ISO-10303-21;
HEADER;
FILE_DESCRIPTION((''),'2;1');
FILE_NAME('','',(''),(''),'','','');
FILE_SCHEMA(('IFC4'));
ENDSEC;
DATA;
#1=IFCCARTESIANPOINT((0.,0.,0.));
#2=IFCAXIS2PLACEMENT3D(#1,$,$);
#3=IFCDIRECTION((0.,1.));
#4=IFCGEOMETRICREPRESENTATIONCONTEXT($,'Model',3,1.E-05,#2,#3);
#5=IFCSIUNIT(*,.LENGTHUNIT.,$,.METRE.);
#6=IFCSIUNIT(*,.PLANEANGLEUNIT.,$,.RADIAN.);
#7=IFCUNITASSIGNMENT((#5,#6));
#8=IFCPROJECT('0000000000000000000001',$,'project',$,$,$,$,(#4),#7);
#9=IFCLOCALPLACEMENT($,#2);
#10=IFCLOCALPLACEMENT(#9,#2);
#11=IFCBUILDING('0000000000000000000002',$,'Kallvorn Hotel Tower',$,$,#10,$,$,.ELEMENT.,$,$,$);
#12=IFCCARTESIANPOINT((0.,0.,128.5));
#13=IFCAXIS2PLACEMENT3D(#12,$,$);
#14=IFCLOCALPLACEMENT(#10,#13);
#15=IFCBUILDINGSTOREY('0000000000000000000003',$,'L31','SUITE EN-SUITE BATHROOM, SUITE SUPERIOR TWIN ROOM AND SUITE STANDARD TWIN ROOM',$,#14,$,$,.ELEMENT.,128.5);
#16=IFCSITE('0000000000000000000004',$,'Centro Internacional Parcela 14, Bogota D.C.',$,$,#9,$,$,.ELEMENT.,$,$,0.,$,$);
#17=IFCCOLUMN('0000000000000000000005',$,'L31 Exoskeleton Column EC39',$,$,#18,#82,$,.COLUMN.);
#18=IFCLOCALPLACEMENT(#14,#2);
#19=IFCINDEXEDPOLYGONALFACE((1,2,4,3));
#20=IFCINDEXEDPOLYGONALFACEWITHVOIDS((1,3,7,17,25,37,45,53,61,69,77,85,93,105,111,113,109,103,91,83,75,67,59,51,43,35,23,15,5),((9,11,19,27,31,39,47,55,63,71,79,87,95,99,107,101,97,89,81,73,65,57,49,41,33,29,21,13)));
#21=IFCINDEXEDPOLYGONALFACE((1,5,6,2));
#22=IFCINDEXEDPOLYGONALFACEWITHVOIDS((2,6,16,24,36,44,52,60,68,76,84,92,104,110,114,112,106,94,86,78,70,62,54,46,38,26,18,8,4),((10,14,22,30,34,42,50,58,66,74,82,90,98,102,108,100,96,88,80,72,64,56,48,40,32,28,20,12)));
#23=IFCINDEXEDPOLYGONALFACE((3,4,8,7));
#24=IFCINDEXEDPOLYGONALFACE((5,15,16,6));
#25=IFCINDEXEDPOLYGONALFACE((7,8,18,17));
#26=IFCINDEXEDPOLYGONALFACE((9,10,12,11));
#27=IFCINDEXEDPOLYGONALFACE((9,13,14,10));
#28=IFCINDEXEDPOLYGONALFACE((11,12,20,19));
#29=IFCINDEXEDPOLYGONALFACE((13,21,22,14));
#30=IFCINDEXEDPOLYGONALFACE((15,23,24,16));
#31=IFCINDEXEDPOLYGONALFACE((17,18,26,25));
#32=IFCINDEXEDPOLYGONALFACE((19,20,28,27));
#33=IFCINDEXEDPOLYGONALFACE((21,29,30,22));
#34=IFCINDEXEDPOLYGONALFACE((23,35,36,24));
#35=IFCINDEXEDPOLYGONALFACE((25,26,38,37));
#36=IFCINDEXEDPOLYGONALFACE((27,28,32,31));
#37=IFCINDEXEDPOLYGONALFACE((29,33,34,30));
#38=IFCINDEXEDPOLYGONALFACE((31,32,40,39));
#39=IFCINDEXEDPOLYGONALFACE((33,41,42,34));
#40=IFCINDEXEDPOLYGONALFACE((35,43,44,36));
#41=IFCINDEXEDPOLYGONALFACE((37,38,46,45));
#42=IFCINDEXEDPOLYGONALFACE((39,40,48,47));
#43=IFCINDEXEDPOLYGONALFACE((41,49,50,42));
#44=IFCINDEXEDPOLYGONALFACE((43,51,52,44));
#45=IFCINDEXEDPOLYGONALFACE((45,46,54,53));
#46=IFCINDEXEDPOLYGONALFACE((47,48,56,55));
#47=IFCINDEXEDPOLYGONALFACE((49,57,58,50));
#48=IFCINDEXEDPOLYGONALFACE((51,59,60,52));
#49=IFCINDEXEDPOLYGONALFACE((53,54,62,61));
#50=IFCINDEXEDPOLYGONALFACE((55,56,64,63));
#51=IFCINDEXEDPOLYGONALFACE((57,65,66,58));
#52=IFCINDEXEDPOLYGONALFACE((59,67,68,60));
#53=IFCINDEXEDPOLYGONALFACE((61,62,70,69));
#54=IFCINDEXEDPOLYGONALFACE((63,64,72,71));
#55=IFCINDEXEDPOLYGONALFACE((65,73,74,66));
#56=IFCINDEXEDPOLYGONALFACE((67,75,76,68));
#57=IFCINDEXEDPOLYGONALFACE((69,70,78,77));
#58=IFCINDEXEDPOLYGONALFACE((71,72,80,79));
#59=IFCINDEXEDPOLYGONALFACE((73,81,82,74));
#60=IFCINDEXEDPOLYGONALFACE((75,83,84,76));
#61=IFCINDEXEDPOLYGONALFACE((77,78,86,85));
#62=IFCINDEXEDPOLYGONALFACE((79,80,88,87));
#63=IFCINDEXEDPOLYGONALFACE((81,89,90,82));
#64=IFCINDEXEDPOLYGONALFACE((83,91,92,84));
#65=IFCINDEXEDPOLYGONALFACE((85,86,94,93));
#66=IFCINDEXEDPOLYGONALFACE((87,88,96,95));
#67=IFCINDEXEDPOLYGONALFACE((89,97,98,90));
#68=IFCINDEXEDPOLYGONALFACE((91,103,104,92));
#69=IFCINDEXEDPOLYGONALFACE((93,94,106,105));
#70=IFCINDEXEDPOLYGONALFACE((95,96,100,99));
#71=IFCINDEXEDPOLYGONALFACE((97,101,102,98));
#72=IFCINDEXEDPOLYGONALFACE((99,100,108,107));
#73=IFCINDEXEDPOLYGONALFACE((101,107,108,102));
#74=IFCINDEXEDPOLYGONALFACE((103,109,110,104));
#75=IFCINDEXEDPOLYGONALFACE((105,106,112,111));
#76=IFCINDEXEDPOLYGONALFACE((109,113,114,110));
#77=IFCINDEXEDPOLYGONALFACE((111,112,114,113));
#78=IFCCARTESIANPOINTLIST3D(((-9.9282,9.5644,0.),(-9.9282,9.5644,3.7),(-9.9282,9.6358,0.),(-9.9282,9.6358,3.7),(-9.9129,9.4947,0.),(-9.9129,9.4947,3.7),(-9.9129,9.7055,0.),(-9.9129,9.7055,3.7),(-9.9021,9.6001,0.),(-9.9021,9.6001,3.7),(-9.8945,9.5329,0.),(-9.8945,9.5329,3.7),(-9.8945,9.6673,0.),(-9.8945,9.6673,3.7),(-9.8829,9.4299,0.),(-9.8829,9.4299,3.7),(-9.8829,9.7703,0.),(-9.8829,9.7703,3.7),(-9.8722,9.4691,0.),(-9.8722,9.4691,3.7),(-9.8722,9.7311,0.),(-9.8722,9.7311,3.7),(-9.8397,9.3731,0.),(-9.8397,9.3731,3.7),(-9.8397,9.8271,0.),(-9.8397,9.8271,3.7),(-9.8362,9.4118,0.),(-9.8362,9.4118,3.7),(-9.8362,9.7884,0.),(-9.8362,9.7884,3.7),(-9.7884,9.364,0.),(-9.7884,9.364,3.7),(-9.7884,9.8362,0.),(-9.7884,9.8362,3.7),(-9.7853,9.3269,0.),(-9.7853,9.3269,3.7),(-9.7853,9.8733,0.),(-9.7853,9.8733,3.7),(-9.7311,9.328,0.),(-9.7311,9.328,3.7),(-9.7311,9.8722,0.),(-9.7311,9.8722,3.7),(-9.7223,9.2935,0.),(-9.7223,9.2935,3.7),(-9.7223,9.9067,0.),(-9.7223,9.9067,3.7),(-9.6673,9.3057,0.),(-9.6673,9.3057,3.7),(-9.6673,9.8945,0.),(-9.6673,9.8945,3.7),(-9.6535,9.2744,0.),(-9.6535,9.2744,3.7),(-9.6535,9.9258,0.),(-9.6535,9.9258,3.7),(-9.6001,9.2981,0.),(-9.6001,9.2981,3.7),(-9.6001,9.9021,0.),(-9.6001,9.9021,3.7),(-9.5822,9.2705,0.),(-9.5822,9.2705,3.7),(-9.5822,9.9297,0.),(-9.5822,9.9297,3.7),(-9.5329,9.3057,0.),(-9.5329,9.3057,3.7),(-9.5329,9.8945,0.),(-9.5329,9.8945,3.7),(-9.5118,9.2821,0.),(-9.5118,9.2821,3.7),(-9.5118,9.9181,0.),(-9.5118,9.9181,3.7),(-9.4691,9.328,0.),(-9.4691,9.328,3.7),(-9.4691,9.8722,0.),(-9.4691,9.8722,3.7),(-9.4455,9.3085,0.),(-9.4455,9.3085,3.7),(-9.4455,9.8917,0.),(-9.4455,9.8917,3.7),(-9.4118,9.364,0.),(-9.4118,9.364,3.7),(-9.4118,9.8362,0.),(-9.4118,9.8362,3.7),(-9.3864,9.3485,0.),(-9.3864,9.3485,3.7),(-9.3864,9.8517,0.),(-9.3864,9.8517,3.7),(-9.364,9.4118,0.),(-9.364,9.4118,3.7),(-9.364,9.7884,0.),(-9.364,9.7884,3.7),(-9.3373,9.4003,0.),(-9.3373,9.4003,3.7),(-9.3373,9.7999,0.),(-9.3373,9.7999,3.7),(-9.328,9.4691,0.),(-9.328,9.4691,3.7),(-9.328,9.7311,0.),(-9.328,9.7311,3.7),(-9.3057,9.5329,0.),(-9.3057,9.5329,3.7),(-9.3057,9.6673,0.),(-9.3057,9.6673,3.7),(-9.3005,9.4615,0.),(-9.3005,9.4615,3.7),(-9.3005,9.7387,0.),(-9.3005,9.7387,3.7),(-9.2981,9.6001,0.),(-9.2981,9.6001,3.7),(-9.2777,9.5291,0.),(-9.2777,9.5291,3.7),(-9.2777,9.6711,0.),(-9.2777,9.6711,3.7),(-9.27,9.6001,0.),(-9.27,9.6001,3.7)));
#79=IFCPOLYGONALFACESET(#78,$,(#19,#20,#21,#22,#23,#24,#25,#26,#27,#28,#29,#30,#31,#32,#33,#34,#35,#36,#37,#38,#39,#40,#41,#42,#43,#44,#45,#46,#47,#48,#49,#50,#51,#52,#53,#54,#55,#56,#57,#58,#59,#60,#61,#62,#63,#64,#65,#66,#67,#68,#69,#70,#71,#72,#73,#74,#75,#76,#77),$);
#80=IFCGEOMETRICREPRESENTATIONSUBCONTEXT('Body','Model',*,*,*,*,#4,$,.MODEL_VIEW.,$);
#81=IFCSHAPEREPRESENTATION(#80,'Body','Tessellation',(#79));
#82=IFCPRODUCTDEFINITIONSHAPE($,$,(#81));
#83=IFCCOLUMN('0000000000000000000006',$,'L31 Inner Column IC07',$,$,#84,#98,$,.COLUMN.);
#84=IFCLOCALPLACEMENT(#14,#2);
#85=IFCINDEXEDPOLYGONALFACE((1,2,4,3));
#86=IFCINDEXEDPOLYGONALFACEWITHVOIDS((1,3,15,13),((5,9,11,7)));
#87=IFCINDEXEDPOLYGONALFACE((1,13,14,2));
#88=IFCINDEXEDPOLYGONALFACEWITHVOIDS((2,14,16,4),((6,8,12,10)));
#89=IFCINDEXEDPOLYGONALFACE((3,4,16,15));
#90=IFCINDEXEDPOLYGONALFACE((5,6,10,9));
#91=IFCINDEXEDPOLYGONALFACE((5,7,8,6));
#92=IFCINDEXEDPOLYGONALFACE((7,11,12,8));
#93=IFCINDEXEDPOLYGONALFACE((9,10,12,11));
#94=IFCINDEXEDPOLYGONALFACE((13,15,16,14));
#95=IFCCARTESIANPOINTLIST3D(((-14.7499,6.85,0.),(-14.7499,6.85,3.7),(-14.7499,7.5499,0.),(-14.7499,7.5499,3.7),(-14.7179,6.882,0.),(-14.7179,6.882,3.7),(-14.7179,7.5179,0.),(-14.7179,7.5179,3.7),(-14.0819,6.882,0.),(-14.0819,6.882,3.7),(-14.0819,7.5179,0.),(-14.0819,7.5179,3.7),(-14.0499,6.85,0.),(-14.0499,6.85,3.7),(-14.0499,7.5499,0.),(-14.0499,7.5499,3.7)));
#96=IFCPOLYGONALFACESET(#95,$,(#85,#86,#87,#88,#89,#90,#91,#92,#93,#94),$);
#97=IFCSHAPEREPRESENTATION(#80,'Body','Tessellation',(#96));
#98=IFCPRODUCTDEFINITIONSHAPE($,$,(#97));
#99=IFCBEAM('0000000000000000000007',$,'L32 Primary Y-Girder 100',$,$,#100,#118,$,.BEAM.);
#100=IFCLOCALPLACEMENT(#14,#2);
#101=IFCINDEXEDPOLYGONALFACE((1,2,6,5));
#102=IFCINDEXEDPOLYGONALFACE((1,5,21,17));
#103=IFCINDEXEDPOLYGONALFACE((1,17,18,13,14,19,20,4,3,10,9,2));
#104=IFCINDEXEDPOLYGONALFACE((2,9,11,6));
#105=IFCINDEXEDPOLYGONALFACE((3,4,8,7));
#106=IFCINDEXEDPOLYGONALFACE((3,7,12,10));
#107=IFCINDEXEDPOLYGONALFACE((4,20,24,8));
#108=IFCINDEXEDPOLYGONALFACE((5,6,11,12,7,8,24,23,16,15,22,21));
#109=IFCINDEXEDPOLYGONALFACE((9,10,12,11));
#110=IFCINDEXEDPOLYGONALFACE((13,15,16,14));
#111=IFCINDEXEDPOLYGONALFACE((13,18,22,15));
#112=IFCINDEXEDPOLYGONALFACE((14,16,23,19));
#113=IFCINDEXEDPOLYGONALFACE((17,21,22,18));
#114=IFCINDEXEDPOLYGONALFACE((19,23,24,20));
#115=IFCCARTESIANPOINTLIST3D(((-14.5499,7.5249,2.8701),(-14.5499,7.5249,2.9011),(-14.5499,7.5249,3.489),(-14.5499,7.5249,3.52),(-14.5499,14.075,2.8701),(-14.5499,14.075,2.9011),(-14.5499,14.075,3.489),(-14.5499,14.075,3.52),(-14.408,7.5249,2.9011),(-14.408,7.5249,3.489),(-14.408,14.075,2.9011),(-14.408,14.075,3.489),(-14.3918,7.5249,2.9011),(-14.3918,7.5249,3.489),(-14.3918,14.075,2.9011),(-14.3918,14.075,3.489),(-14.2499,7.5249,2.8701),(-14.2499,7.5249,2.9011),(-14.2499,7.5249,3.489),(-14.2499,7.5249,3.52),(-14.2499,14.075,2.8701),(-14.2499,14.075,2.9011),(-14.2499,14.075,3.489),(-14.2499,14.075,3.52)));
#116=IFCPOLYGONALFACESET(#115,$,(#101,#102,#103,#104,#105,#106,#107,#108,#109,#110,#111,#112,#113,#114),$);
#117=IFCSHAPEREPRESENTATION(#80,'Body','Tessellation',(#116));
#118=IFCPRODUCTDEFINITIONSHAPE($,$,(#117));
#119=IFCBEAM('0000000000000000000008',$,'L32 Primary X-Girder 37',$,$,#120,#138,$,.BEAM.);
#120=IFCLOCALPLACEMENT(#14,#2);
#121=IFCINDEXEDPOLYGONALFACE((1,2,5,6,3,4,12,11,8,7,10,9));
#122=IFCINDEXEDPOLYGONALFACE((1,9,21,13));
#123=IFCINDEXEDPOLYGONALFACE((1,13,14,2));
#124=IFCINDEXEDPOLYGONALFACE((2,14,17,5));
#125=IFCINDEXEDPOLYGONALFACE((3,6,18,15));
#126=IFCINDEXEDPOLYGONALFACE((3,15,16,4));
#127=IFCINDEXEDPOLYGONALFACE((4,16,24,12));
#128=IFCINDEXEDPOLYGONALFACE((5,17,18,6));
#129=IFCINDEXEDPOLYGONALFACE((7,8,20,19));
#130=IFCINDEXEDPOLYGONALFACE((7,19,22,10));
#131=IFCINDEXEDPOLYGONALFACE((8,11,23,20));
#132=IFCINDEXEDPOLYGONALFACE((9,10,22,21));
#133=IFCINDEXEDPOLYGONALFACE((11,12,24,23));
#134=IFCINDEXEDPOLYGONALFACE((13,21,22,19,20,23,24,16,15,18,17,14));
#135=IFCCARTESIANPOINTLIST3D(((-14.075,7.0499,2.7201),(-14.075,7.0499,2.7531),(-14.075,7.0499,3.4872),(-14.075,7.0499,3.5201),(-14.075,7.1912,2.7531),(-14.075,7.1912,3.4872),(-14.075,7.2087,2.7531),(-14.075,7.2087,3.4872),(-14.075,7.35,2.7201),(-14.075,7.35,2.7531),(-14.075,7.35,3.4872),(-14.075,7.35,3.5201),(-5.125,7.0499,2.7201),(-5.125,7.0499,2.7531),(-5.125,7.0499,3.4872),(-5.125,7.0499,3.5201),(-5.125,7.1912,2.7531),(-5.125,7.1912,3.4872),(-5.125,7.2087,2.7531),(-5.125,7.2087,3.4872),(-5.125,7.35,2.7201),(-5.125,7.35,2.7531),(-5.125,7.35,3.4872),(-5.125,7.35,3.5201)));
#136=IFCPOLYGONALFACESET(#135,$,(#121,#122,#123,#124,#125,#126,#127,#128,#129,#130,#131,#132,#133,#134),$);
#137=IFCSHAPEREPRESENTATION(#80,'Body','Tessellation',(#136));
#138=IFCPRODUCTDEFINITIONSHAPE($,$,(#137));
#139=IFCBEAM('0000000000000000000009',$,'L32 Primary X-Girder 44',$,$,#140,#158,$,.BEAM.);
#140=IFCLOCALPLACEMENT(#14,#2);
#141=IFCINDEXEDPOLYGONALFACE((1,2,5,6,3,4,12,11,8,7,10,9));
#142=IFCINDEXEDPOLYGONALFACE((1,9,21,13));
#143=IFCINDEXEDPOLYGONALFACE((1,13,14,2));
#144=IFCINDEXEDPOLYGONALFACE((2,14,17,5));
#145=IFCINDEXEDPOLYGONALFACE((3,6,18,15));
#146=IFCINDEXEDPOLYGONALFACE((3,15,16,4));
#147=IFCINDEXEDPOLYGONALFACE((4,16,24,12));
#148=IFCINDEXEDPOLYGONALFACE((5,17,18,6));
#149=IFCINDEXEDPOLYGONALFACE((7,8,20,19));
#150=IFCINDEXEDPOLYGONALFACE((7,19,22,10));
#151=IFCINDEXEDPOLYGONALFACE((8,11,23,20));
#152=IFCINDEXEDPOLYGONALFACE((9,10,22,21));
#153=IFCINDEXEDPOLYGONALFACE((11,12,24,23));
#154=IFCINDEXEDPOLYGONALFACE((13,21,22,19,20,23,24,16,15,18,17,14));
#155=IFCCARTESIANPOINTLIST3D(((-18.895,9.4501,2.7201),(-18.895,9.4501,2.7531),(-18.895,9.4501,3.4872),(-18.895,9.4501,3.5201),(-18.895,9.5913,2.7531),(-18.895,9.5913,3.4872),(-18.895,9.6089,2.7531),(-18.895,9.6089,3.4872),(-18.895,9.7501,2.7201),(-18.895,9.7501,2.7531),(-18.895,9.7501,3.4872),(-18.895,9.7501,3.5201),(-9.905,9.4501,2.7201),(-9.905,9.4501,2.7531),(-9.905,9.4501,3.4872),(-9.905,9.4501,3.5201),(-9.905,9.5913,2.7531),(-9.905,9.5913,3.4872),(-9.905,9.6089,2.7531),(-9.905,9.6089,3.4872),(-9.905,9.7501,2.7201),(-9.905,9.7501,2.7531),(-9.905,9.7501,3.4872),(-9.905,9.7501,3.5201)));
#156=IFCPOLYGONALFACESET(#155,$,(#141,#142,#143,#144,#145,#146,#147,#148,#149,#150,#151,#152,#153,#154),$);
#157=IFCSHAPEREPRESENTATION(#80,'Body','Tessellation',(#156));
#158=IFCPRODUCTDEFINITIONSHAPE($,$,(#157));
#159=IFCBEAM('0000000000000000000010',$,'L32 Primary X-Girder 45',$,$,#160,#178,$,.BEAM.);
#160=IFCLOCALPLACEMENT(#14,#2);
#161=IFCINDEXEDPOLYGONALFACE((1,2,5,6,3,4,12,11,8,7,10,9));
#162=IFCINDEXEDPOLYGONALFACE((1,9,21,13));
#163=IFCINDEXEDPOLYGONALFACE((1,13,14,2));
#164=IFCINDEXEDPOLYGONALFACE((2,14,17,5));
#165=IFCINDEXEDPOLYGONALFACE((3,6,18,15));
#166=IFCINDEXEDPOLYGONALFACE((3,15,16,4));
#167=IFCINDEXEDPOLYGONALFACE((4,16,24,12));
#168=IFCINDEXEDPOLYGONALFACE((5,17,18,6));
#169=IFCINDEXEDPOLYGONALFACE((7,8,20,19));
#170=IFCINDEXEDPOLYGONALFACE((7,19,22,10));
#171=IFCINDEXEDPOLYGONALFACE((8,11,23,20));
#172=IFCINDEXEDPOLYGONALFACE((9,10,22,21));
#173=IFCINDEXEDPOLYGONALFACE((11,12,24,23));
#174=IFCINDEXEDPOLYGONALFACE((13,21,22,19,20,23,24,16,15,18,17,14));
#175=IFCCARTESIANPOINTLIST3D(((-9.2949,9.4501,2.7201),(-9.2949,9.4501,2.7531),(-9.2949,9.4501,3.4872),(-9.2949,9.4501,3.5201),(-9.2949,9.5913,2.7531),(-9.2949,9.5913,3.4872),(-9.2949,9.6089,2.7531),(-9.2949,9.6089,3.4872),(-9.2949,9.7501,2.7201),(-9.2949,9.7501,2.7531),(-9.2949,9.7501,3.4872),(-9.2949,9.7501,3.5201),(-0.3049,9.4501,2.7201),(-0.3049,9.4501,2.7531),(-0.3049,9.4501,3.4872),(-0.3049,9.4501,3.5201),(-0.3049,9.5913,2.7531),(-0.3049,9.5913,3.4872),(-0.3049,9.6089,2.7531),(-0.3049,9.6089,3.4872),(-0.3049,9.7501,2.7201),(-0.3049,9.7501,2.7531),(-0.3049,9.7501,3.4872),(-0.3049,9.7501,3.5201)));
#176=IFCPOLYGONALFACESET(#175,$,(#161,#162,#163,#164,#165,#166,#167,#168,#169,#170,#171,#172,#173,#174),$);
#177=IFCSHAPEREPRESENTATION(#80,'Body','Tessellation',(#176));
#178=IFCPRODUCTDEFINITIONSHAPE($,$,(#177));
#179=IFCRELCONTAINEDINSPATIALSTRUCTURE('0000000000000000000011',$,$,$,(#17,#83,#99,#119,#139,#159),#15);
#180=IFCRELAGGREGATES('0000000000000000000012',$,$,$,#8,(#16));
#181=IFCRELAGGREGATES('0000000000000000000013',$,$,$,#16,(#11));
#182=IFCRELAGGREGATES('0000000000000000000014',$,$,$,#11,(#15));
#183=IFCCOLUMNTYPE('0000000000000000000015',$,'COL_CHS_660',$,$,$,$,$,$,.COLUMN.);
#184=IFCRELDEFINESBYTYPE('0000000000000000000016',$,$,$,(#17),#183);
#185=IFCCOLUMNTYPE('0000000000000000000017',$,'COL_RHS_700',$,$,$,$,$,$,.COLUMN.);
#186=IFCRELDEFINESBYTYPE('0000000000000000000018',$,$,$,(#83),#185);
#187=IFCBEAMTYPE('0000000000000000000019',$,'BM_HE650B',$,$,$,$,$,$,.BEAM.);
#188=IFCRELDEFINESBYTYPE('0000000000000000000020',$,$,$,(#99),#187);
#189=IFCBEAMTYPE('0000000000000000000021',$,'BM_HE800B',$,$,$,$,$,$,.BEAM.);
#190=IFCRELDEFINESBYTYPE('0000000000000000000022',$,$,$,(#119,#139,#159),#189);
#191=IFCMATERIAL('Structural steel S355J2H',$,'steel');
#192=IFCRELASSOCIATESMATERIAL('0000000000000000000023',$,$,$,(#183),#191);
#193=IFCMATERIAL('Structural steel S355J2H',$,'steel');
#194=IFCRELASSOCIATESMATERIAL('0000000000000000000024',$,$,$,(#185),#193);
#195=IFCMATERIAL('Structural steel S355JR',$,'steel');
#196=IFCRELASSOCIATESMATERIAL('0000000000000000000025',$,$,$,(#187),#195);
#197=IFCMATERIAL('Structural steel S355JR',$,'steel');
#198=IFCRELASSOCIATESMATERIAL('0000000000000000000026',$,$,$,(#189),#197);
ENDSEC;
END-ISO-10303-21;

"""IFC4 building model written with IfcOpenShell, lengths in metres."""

from ifc_helpers import new_model, si_unit, direction, frame, origin, origin_2d, place, context, subcontext, project, spatial, hollow_rectangle, hollow_circle, i_section, extrude, material, material_profile, profile_set, type_object, element, save


model = new_model("IFC4")

# Units and contexts
model_context = context("Model", 3, precision=1e-05, world=origin(), true_north=direction((0.0, 1.0)))
body_context = subcontext(model_context, "Body", "Model", "MODEL_VIEW")
ifc_project = project(units=[si_unit("LENGTHUNIT", "METRE"), si_unit("PLANEANGLEUNIT", "RADIAN")], contexts=[model_context])

# Site, building, storey
site_placement = place(None, origin())
site = spatial("IfcSite", under=ifc_project, at=site_placement, Name="Centro Internacional Parcela 14, Bogota D.C.", CompositionType="ELEMENT", RefElevation=0.0)
building_placement = place(site_placement, origin())
building = spatial("IfcBuilding", under=site, at=building_placement, Name="Kallvorn Hotel Tower", CompositionType="ELEMENT")
storey_placement = place(building_placement, frame((0.0, 0.0, 128.5)))
storey = spatial("IfcBuildingStorey", under=building, at=storey_placement, Name="L31", Description="SUITE EN-SUITE BATHROOM, SUITE SUPERIOR TWIN ROOM AND SUITE STANDARD TWIN ROOM", CompositionType="ELEMENT", Elevation=128.5)

# Columns
ifc_material_1 = material(Name="Structural steel S355J2H", Category="steel")
ifc_material_profile_1 = material_profile(ifc_material_1, hollow_circle(Radius=0.3301, WallThickness=0.0281, at=origin_2d()), Name="CHS 660x28")
ifc_profile_set_1 = profile_set([ifc_material_profile_1], Name="Structural steel S355J2H")
column_type_1 = type_object("IfcColumnType", Name="COL_CHS_660", PredefinedType="COLUMN", material=ifc_profile_set_1)
column_1_placement = place(storey_placement, frame((-9.6001, 9.6001, 0.0), z_axis=(0.0, 0.0, 1.0), x_axis=(1.0, 0.0, 0.0)))
element("IfcColumn", 1, at=column_1_placement, inside=storey, type_object=column_type_1, Name="L31 Exoskeleton Column EC39", PredefinedType="COLUMN", context=body_context, shape_type="SweptSolid", body=[
    extrude(hollow_circle(Radius=0.3301, WallThickness=0.0281, at=origin_2d()), origin(), (0.0, 0.0, 1.0), 3.7),
])
ifc_material_2 = material(Name="Structural steel S355J2H", Category="steel")
ifc_material_profile_2 = material_profile(ifc_material_2, hollow_rectangle(XDim=0.7, YDim=0.7, WallThickness=0.032, at=origin_2d()), Name="RHS 700x700x32")
ifc_profile_set_2 = profile_set([ifc_material_profile_2], Name="Structural steel S355J2H")
column_type_2 = type_object("IfcColumnType", Name="COL_RHS_700", PredefinedType="COLUMN", material=ifc_profile_set_2)
column_2_placement = place(storey_placement, frame((-14.3999, 7.2, 0.0), z_axis=(0.0, 0.0, 1.0), x_axis=(1.0, 0.0, 0.0)))
element("IfcColumn", 2, at=column_2_placement, inside=storey, type_object=column_type_2, Name="L31 Inner Column IC07", PredefinedType="COLUMN", context=body_context, shape_type="SweptSolid", body=[
    extrude(hollow_rectangle(XDim=0.7, YDim=0.7, WallThickness=0.032, at=origin_2d()), origin(), (0.0, 0.0, 1.0), 3.7),
])

# Beams
ifc_material_3 = material(Name="Structural steel S355JR", Category="steel")
ifc_material_profile_3 = material_profile(ifc_material_3, i_section(OverallWidth=0.3, OverallDepth=0.6499, WebThickness=0.0161, FlangeThickness=0.031, at=origin_2d()), Name="HE 650 B")
ifc_profile_set_3 = profile_set([ifc_material_profile_3], Name="Structural steel S355JR")
beam_type_1 = type_object("IfcBeamType", Name="BM_HE650B", PredefinedType="BEAM", material=ifc_profile_set_3)
beam_1_placement = place(storey_placement, frame((-14.3999, 7.5249, 3.1951), z_axis=(0.0, 1.0, 0.0), x_axis=(-1.0, 0.0, 0.0)))
element("IfcBeam", 3, at=beam_1_placement, inside=storey, type_object=beam_type_1, Name="L32 Primary Y-Girder 100", PredefinedType="BEAM", context=body_context, shape_type="SweptSolid", body=[
    extrude(i_section(OverallWidth=0.3, OverallDepth=0.6499, WebThickness=0.0161, FlangeThickness=0.031, at=origin_2d()), origin(), (0.0, 0.0, 1.0), 6.55),
])
ifc_material_4 = material(Name="Structural steel S355JR", Category="steel")
ifc_material_profile_4 = material_profile(ifc_material_4, i_section(OverallWidth=0.3, OverallDepth=0.8, WebThickness=0.0176, FlangeThickness=0.033, at=origin_2d()), Name="HE 800 B")
ifc_profile_set_4 = profile_set([ifc_material_profile_4], Name="Structural steel S355JR")
beam_type_2 = type_object("IfcBeamType", Name="BM_HE800B", PredefinedType="BEAM", material=ifc_profile_set_4)
beam_2_placement = place(storey_placement, frame((-14.075, 7.2, 3.1201), z_axis=(1.0, 0.0, 0.0), x_axis=(0.0, 1.0, 0.0)))
element("IfcBeam", 4, at=beam_2_placement, inside=storey, type_object=beam_type_2, Name="L32 Primary X-Girder 37", PredefinedType="BEAM", context=body_context, shape_type="SweptSolid", body=[
    extrude(i_section(OverallWidth=0.3, OverallDepth=0.8, WebThickness=0.0176, FlangeThickness=0.033, at=origin_2d()), origin(), (0.0, 0.0, 1.0), 8.95),
])
for number, where, z_axis, x_axis, name in (
    (5, (-18.895, 9.6001, 3.1201), (1.0, 0.0, 0.0), (0.0, 1.0, 0.0), "L32 Primary X-Girder 44"),
    (6, (-9.2949, 9.6001, 3.1201), (1.0, 0.0, 0.0), (0.0, 1.0, 0.0), "L32 Primary X-Girder 45"),
):
    element("IfcBeam", number, at=place(storey_placement, frame(where, z_axis=z_axis, x_axis=x_axis)), inside=storey, type_object=beam_type_2, Name=name, PredefinedType="BEAM", context=body_context, shape_type="SweptSolid", body=[
        extrude(i_section(OverallWidth=0.3, OverallDepth=0.8, WebThickness=0.0176, FlangeThickness=0.033, at=origin_2d()), origin(), (0.0, 0.0, 1.0), 8.99),
    ])

save(model, "model.ifc")
